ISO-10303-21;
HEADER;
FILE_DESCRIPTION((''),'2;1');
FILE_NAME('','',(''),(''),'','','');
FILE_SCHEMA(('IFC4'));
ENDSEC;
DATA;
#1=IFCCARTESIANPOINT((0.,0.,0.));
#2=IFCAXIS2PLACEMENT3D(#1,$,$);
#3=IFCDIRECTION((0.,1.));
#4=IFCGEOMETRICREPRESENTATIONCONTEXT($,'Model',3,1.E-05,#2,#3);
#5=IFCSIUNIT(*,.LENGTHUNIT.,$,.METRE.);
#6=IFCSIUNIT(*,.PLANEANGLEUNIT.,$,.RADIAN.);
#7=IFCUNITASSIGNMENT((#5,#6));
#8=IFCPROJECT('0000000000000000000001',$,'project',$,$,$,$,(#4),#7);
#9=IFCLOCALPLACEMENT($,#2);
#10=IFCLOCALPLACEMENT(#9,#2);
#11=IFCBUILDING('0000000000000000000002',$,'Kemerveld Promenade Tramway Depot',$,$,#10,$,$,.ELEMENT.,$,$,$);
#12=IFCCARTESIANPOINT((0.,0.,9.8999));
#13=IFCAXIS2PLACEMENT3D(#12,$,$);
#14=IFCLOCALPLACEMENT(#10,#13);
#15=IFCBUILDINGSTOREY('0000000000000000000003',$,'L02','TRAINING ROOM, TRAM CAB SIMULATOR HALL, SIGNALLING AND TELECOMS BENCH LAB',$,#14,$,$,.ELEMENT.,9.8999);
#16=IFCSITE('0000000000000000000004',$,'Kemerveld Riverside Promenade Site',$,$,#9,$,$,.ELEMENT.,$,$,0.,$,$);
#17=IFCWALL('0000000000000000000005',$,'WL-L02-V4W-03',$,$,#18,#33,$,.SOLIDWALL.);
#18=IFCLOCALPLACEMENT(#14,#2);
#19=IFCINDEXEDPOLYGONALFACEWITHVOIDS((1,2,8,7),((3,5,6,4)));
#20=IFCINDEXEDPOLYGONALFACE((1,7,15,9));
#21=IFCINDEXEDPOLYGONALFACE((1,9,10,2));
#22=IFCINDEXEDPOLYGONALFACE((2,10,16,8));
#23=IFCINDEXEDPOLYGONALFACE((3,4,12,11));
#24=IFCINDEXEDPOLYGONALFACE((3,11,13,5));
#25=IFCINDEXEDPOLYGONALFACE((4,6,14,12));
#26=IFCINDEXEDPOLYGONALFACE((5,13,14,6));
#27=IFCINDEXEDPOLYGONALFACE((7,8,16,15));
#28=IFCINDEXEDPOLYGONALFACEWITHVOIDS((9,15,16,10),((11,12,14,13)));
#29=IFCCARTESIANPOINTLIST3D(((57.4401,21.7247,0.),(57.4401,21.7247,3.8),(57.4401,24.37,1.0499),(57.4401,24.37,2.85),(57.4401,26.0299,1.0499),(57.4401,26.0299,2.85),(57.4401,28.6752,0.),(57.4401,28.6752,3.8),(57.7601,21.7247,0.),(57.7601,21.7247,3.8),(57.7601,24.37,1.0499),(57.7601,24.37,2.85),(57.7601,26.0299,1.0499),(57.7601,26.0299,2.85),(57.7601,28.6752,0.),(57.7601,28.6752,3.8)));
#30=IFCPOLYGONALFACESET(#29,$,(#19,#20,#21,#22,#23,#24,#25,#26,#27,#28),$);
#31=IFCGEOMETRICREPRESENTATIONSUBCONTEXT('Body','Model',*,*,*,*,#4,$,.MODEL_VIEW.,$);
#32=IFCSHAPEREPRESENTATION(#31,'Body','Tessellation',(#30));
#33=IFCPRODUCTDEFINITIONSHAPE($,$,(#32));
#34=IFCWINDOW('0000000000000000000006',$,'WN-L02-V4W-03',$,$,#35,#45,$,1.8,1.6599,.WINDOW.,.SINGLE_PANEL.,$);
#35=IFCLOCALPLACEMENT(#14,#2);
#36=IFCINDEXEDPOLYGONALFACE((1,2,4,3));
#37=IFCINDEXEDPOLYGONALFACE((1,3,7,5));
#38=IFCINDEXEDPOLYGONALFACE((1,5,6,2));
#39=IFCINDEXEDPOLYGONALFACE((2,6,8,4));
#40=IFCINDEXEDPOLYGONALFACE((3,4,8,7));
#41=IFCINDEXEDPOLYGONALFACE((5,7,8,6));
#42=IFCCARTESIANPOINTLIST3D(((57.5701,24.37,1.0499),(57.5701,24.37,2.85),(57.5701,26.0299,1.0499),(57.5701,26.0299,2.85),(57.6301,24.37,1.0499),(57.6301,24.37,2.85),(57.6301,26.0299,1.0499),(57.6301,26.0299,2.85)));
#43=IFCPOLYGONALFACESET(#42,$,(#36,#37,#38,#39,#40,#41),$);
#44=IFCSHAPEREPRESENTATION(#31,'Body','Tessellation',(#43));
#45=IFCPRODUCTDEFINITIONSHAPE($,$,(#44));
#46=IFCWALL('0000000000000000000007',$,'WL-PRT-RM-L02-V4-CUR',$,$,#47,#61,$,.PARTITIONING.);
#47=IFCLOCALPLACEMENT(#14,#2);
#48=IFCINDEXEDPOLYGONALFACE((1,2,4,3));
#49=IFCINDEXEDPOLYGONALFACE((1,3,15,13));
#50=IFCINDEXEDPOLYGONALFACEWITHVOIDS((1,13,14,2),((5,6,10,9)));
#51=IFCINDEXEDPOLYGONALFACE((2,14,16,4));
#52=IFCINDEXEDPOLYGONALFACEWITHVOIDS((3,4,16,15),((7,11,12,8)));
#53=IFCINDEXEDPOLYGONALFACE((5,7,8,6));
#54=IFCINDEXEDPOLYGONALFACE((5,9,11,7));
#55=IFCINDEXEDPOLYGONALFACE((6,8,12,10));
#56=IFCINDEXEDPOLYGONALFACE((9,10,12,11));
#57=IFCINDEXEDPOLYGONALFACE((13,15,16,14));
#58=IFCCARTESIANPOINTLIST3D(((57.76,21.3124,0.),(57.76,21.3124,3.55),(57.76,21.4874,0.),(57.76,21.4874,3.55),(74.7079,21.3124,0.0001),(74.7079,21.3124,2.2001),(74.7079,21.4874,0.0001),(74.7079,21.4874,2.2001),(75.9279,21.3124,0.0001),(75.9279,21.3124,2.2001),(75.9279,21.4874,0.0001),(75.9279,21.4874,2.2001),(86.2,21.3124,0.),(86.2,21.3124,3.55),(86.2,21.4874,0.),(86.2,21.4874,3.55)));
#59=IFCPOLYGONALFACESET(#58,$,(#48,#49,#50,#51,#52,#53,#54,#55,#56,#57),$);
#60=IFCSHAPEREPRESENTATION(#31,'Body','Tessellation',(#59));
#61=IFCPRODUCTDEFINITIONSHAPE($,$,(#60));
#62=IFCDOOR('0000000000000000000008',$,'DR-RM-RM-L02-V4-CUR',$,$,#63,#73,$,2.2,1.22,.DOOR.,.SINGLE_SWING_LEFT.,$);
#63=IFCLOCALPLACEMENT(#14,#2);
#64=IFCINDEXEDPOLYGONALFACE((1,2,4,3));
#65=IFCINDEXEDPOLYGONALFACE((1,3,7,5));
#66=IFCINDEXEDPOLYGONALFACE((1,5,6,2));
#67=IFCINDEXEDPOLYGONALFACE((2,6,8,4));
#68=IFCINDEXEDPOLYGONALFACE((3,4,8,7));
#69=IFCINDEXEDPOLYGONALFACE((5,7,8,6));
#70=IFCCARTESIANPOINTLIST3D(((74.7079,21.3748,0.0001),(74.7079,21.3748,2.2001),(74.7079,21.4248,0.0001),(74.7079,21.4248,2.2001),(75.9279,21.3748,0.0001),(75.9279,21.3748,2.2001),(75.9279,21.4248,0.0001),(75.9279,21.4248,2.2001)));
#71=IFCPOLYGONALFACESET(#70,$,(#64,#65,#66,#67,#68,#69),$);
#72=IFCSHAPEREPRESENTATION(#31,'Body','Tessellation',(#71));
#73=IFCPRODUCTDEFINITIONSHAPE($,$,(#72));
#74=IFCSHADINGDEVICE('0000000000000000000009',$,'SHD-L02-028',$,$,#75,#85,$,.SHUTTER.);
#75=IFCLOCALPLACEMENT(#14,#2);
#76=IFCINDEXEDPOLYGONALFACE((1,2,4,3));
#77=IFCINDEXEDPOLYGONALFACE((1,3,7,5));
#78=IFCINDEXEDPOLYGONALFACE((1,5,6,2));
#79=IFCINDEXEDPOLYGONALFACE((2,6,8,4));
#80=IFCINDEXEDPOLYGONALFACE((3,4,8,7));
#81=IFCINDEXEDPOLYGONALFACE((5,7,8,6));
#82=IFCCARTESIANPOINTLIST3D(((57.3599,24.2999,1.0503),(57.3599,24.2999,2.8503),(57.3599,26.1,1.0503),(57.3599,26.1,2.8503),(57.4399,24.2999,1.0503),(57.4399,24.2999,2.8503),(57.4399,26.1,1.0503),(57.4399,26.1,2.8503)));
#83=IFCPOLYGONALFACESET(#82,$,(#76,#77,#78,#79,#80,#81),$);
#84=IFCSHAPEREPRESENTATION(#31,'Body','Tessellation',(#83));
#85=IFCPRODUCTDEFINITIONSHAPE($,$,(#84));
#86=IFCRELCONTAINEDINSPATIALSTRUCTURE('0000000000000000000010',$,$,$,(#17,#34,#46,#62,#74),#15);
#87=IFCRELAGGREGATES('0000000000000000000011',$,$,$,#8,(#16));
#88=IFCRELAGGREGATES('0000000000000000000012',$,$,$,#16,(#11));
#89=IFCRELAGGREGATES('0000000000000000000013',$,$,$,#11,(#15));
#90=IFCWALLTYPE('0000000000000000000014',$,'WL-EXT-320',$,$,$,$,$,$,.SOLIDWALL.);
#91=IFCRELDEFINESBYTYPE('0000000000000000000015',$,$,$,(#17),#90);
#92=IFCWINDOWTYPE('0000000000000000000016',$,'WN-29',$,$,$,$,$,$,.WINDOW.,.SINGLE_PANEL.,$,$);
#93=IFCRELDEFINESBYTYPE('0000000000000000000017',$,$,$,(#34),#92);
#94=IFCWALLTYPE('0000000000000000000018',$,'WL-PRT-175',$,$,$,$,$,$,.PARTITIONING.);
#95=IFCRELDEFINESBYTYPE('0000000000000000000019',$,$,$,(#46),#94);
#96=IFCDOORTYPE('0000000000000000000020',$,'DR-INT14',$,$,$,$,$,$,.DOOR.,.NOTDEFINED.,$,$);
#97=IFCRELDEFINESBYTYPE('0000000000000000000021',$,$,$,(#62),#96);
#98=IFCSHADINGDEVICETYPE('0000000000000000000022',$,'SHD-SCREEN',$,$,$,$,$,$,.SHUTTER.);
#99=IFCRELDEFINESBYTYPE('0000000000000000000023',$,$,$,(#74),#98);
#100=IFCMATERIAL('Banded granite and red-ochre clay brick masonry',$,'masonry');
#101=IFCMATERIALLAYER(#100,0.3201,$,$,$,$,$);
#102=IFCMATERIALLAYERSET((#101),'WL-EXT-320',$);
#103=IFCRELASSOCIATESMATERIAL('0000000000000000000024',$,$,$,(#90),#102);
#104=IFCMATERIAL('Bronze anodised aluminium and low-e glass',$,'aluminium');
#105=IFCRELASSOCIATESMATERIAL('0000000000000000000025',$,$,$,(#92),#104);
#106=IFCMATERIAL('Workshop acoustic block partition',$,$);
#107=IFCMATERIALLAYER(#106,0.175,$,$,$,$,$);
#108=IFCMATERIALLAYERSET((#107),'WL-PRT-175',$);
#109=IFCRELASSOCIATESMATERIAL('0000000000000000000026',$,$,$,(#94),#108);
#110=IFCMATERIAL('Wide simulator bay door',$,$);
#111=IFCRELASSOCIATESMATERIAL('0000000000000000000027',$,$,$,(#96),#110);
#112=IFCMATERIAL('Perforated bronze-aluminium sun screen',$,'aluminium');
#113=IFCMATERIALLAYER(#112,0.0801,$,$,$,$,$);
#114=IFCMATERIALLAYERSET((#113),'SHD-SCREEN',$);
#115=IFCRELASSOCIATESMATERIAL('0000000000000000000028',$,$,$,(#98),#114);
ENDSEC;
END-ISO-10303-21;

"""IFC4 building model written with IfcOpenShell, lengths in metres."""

from ifc_helpers import new_model, si_unit, direction, frame, frame_2d, origin, origin_2d, place, context, subcontext, project, spatial, rectangle, extrude, material, layer, layer_set, type_object, element, fill, save


model = new_model("IFC4")

# Units and contexts
model_context = context("Model", 3, precision=1e-05, world=origin(), true_north=direction((0.0, 1.0)))
body_context = subcontext(model_context, "Body", "Model", "MODEL_VIEW")
ifc_project = project(units=[si_unit("LENGTHUNIT", "METRE"), si_unit("PLANEANGLEUNIT", "RADIAN")], contexts=[model_context])

# Site, building, storey
site_placement = place(None, origin())
site = spatial("IfcSite", under=ifc_project, at=site_placement, Name="Kemerveld Riverside Promenade Site", CompositionType="ELEMENT", RefElevation=0.0)
building_placement = place(site_placement, origin())
building = spatial("IfcBuilding", under=site, at=building_placement, Name="Kemerveld Promenade Tramway Depot", CompositionType="ELEMENT")
storey_placement = place(building_placement, frame((0.0, 0.0, 9.8999)))
storey = spatial("IfcBuildingStorey", under=building, at=storey_placement, Name="L02", Description="TRAINING ROOM, TRAM CAB SIMULATOR HALL, SIGNALLING AND TELECOMS BENCH LAB", CompositionType="ELEMENT", Elevation=9.8999)

# Shared definitions
ifc_material_1 = material(Name="Banded granite and red-ochre clay brick masonry", Category="masonry")
ifc_layer_1 = layer(ifc_material_1, 0.3201)
ifc_layer_set_1 = layer_set([ifc_layer_1], Name="WL-EXT-320")
wall_type_1 = type_object("IfcWallType", Name="WL-EXT-320", PredefinedType="SOLIDWALL", material=ifc_layer_set_1)

# Wall, opening, window
wall_1_placement = place(storey_placement, frame((57.6001, 21.7249, 0.0), z_axis=(0.0, 0.0, 1.0), x_axis=(0.0, 1.0, 0.0)))
wall_1 = element("IfcWall", 1, at=wall_1_placement, inside=storey, type_object=wall_type_1, Name="WL-L02-V4W-03", PredefinedType="SOLIDWALL", context=body_context, shape_type="SweptSolid", body=[
    extrude(rectangle(XDim=6.9504, YDim=0.3201, at=frame_2d((3.4751, 0.0))), origin(), (0.0, 0.0, 1.0), 3.8),
])
opening_1_placement = place(wall_1_placement, frame((2.645, 0.0, 1.05)))
opening_1 = element("IfcOpeningElement", 2, at=opening_1_placement, cuts=wall_1, PredefinedType="OPENING", context=body_context, shape_type="SweptSolid", body=[
    extrude(rectangle(XDim=1.6599, YDim=1.8, at=frame_2d((0.8301, 0.8999))), frame((0.0, 0.1699, 0.0), z_axis=(0.0, -1.0, 0.0), x_axis=(1.0, 0.0, 0.0)), (0.0, 0.0, 1.0), 0.3401),
])
ifc_material_2 = material(Name="Bronze anodised aluminium and low-e glass", Category="aluminium")
window_type = type_object("IfcWindowType", Name="WN-29", PartitioningType="SINGLE_PANEL", PredefinedType="WINDOW", material=ifc_material_2)
window_placement = place(opening_1_placement, origin())
window = element("IfcWindow", 3, at=window_placement, inside=storey, type_object=window_type, Name="WN-L02-V4W-03", OverallHeight=1.8, OverallWidth=1.6599, PartitioningType="SINGLE_PANEL", PredefinedType="WINDOW", context=body_context, shape_type="SweptSolid", body=[
    extrude(rectangle(XDim=1.6599, YDim=1.8, at=frame_2d((0.8301, 0.8999))), frame((0.0, 0.03, 0.0), z_axis=(0.0, -1.0, 0.0), x_axis=(1.0, 0.0, 0.0)), (0.0, 0.0, 1.0), 0.0601),
])
fill(opening_1, window)

# Wall, opening, door
ifc_material_3 = material(Name="Workshop acoustic block partition")
ifc_layer_2 = layer(ifc_material_3, 0.175)
ifc_layer_set_2 = layer_set([ifc_layer_2], Name="WL-PRT-175")
wall_type_2 = type_object("IfcWallType", Name="WL-PRT-175", PredefinedType="PARTITIONING", material=ifc_layer_set_2)
wall_2_placement = place(storey_placement, frame((57.76, 21.3999, 0.0), z_axis=(0.0, 0.0, 1.0), x_axis=(1.0, 0.0, 0.0)))
wall_2 = element("IfcWall", 4, at=wall_2_placement, inside=storey, type_object=wall_type_2, Name="WL-PRT-RM-L02-V4-CUR", PredefinedType="PARTITIONING", context=body_context, shape_type="SweptSolid", body=[
    extrude(rectangle(XDim=28.4399, YDim=0.175, at=frame_2d((14.22, 0.0))), origin(), (0.0, 0.0, 1.0), 3.55),
])
opening_2_placement = place(wall_2_placement, frame((16.948, 0.0, 0.0)))
opening_2 = element("IfcOpeningElement", 5, at=opening_2_placement, cuts=wall_2, PredefinedType="OPENING", context=body_context, shape_type="SweptSolid", body=[
    extrude(rectangle(XDim=1.22, YDim=2.2, at=frame_2d((0.6099, 1.1001))), frame((0.0, 0.0974, 0.0), z_axis=(0.0, -1.0, 0.0), x_axis=(1.0, 0.0, 0.0)), (0.0, 0.0, 1.0), 0.1951),
])
ifc_material_4 = material(Name="Wide simulator bay door")
door_type = type_object("IfcDoorType", Name="DR-INT14", OperationType="NOTDEFINED", PredefinedType="DOOR", material=ifc_material_4)
door_placement = place(opening_2_placement, origin())
door = element("IfcDoor", 6, at=door_placement, inside=storey, type_object=door_type, Name="DR-RM-RM-L02-V4-CUR", OperationType="SINGLE_SWING_LEFT", OverallHeight=2.2, OverallWidth=1.22, PredefinedType="DOOR", context=body_context, shape_type="SweptSolid", body=[
    extrude(rectangle(XDim=1.22, YDim=2.2, at=frame_2d((0.6099, 1.1001))), frame((0.0, 0.0249, 0.0), z_axis=(0.0, -1.0, 0.0), x_axis=(1.0, 0.0, 0.0)), (0.0, 0.0, 1.0), 0.05),
])
fill(opening_2, door)

# Shading device
ifc_material_5 = material(Name="Perforated bronze-aluminium sun screen", Category="aluminium")
ifc_layer_3 = layer(ifc_material_5, 0.0801)
ifc_layer_set_3 = layer_set([ifc_layer_3], Name="SHD-SCREEN")
shading_device_type = type_object("IfcShadingDeviceType", Name="SHD-SCREEN", PredefinedType="SHUTTER", material=ifc_layer_set_3)
shading_device_placement = place(storey_placement, frame((57.3999, 25.2, 1.0503), z_axis=(0.0, 0.0, 1.0), x_axis=(1.0, 0.0, 0.0)))
element("IfcShadingDevice", 7, at=shading_device_placement, inside=storey, type_object=shading_device_type, Name="SHD-L02-028", PredefinedType="SHUTTER", context=body_context, shape_type="SweptSolid", body=[
    extrude(rectangle(XDim=0.0801, YDim=1.8, at=origin_2d()), origin(), (0.0, 0.0, 1.0), 1.8),
])

save(model, "model.ifc")
